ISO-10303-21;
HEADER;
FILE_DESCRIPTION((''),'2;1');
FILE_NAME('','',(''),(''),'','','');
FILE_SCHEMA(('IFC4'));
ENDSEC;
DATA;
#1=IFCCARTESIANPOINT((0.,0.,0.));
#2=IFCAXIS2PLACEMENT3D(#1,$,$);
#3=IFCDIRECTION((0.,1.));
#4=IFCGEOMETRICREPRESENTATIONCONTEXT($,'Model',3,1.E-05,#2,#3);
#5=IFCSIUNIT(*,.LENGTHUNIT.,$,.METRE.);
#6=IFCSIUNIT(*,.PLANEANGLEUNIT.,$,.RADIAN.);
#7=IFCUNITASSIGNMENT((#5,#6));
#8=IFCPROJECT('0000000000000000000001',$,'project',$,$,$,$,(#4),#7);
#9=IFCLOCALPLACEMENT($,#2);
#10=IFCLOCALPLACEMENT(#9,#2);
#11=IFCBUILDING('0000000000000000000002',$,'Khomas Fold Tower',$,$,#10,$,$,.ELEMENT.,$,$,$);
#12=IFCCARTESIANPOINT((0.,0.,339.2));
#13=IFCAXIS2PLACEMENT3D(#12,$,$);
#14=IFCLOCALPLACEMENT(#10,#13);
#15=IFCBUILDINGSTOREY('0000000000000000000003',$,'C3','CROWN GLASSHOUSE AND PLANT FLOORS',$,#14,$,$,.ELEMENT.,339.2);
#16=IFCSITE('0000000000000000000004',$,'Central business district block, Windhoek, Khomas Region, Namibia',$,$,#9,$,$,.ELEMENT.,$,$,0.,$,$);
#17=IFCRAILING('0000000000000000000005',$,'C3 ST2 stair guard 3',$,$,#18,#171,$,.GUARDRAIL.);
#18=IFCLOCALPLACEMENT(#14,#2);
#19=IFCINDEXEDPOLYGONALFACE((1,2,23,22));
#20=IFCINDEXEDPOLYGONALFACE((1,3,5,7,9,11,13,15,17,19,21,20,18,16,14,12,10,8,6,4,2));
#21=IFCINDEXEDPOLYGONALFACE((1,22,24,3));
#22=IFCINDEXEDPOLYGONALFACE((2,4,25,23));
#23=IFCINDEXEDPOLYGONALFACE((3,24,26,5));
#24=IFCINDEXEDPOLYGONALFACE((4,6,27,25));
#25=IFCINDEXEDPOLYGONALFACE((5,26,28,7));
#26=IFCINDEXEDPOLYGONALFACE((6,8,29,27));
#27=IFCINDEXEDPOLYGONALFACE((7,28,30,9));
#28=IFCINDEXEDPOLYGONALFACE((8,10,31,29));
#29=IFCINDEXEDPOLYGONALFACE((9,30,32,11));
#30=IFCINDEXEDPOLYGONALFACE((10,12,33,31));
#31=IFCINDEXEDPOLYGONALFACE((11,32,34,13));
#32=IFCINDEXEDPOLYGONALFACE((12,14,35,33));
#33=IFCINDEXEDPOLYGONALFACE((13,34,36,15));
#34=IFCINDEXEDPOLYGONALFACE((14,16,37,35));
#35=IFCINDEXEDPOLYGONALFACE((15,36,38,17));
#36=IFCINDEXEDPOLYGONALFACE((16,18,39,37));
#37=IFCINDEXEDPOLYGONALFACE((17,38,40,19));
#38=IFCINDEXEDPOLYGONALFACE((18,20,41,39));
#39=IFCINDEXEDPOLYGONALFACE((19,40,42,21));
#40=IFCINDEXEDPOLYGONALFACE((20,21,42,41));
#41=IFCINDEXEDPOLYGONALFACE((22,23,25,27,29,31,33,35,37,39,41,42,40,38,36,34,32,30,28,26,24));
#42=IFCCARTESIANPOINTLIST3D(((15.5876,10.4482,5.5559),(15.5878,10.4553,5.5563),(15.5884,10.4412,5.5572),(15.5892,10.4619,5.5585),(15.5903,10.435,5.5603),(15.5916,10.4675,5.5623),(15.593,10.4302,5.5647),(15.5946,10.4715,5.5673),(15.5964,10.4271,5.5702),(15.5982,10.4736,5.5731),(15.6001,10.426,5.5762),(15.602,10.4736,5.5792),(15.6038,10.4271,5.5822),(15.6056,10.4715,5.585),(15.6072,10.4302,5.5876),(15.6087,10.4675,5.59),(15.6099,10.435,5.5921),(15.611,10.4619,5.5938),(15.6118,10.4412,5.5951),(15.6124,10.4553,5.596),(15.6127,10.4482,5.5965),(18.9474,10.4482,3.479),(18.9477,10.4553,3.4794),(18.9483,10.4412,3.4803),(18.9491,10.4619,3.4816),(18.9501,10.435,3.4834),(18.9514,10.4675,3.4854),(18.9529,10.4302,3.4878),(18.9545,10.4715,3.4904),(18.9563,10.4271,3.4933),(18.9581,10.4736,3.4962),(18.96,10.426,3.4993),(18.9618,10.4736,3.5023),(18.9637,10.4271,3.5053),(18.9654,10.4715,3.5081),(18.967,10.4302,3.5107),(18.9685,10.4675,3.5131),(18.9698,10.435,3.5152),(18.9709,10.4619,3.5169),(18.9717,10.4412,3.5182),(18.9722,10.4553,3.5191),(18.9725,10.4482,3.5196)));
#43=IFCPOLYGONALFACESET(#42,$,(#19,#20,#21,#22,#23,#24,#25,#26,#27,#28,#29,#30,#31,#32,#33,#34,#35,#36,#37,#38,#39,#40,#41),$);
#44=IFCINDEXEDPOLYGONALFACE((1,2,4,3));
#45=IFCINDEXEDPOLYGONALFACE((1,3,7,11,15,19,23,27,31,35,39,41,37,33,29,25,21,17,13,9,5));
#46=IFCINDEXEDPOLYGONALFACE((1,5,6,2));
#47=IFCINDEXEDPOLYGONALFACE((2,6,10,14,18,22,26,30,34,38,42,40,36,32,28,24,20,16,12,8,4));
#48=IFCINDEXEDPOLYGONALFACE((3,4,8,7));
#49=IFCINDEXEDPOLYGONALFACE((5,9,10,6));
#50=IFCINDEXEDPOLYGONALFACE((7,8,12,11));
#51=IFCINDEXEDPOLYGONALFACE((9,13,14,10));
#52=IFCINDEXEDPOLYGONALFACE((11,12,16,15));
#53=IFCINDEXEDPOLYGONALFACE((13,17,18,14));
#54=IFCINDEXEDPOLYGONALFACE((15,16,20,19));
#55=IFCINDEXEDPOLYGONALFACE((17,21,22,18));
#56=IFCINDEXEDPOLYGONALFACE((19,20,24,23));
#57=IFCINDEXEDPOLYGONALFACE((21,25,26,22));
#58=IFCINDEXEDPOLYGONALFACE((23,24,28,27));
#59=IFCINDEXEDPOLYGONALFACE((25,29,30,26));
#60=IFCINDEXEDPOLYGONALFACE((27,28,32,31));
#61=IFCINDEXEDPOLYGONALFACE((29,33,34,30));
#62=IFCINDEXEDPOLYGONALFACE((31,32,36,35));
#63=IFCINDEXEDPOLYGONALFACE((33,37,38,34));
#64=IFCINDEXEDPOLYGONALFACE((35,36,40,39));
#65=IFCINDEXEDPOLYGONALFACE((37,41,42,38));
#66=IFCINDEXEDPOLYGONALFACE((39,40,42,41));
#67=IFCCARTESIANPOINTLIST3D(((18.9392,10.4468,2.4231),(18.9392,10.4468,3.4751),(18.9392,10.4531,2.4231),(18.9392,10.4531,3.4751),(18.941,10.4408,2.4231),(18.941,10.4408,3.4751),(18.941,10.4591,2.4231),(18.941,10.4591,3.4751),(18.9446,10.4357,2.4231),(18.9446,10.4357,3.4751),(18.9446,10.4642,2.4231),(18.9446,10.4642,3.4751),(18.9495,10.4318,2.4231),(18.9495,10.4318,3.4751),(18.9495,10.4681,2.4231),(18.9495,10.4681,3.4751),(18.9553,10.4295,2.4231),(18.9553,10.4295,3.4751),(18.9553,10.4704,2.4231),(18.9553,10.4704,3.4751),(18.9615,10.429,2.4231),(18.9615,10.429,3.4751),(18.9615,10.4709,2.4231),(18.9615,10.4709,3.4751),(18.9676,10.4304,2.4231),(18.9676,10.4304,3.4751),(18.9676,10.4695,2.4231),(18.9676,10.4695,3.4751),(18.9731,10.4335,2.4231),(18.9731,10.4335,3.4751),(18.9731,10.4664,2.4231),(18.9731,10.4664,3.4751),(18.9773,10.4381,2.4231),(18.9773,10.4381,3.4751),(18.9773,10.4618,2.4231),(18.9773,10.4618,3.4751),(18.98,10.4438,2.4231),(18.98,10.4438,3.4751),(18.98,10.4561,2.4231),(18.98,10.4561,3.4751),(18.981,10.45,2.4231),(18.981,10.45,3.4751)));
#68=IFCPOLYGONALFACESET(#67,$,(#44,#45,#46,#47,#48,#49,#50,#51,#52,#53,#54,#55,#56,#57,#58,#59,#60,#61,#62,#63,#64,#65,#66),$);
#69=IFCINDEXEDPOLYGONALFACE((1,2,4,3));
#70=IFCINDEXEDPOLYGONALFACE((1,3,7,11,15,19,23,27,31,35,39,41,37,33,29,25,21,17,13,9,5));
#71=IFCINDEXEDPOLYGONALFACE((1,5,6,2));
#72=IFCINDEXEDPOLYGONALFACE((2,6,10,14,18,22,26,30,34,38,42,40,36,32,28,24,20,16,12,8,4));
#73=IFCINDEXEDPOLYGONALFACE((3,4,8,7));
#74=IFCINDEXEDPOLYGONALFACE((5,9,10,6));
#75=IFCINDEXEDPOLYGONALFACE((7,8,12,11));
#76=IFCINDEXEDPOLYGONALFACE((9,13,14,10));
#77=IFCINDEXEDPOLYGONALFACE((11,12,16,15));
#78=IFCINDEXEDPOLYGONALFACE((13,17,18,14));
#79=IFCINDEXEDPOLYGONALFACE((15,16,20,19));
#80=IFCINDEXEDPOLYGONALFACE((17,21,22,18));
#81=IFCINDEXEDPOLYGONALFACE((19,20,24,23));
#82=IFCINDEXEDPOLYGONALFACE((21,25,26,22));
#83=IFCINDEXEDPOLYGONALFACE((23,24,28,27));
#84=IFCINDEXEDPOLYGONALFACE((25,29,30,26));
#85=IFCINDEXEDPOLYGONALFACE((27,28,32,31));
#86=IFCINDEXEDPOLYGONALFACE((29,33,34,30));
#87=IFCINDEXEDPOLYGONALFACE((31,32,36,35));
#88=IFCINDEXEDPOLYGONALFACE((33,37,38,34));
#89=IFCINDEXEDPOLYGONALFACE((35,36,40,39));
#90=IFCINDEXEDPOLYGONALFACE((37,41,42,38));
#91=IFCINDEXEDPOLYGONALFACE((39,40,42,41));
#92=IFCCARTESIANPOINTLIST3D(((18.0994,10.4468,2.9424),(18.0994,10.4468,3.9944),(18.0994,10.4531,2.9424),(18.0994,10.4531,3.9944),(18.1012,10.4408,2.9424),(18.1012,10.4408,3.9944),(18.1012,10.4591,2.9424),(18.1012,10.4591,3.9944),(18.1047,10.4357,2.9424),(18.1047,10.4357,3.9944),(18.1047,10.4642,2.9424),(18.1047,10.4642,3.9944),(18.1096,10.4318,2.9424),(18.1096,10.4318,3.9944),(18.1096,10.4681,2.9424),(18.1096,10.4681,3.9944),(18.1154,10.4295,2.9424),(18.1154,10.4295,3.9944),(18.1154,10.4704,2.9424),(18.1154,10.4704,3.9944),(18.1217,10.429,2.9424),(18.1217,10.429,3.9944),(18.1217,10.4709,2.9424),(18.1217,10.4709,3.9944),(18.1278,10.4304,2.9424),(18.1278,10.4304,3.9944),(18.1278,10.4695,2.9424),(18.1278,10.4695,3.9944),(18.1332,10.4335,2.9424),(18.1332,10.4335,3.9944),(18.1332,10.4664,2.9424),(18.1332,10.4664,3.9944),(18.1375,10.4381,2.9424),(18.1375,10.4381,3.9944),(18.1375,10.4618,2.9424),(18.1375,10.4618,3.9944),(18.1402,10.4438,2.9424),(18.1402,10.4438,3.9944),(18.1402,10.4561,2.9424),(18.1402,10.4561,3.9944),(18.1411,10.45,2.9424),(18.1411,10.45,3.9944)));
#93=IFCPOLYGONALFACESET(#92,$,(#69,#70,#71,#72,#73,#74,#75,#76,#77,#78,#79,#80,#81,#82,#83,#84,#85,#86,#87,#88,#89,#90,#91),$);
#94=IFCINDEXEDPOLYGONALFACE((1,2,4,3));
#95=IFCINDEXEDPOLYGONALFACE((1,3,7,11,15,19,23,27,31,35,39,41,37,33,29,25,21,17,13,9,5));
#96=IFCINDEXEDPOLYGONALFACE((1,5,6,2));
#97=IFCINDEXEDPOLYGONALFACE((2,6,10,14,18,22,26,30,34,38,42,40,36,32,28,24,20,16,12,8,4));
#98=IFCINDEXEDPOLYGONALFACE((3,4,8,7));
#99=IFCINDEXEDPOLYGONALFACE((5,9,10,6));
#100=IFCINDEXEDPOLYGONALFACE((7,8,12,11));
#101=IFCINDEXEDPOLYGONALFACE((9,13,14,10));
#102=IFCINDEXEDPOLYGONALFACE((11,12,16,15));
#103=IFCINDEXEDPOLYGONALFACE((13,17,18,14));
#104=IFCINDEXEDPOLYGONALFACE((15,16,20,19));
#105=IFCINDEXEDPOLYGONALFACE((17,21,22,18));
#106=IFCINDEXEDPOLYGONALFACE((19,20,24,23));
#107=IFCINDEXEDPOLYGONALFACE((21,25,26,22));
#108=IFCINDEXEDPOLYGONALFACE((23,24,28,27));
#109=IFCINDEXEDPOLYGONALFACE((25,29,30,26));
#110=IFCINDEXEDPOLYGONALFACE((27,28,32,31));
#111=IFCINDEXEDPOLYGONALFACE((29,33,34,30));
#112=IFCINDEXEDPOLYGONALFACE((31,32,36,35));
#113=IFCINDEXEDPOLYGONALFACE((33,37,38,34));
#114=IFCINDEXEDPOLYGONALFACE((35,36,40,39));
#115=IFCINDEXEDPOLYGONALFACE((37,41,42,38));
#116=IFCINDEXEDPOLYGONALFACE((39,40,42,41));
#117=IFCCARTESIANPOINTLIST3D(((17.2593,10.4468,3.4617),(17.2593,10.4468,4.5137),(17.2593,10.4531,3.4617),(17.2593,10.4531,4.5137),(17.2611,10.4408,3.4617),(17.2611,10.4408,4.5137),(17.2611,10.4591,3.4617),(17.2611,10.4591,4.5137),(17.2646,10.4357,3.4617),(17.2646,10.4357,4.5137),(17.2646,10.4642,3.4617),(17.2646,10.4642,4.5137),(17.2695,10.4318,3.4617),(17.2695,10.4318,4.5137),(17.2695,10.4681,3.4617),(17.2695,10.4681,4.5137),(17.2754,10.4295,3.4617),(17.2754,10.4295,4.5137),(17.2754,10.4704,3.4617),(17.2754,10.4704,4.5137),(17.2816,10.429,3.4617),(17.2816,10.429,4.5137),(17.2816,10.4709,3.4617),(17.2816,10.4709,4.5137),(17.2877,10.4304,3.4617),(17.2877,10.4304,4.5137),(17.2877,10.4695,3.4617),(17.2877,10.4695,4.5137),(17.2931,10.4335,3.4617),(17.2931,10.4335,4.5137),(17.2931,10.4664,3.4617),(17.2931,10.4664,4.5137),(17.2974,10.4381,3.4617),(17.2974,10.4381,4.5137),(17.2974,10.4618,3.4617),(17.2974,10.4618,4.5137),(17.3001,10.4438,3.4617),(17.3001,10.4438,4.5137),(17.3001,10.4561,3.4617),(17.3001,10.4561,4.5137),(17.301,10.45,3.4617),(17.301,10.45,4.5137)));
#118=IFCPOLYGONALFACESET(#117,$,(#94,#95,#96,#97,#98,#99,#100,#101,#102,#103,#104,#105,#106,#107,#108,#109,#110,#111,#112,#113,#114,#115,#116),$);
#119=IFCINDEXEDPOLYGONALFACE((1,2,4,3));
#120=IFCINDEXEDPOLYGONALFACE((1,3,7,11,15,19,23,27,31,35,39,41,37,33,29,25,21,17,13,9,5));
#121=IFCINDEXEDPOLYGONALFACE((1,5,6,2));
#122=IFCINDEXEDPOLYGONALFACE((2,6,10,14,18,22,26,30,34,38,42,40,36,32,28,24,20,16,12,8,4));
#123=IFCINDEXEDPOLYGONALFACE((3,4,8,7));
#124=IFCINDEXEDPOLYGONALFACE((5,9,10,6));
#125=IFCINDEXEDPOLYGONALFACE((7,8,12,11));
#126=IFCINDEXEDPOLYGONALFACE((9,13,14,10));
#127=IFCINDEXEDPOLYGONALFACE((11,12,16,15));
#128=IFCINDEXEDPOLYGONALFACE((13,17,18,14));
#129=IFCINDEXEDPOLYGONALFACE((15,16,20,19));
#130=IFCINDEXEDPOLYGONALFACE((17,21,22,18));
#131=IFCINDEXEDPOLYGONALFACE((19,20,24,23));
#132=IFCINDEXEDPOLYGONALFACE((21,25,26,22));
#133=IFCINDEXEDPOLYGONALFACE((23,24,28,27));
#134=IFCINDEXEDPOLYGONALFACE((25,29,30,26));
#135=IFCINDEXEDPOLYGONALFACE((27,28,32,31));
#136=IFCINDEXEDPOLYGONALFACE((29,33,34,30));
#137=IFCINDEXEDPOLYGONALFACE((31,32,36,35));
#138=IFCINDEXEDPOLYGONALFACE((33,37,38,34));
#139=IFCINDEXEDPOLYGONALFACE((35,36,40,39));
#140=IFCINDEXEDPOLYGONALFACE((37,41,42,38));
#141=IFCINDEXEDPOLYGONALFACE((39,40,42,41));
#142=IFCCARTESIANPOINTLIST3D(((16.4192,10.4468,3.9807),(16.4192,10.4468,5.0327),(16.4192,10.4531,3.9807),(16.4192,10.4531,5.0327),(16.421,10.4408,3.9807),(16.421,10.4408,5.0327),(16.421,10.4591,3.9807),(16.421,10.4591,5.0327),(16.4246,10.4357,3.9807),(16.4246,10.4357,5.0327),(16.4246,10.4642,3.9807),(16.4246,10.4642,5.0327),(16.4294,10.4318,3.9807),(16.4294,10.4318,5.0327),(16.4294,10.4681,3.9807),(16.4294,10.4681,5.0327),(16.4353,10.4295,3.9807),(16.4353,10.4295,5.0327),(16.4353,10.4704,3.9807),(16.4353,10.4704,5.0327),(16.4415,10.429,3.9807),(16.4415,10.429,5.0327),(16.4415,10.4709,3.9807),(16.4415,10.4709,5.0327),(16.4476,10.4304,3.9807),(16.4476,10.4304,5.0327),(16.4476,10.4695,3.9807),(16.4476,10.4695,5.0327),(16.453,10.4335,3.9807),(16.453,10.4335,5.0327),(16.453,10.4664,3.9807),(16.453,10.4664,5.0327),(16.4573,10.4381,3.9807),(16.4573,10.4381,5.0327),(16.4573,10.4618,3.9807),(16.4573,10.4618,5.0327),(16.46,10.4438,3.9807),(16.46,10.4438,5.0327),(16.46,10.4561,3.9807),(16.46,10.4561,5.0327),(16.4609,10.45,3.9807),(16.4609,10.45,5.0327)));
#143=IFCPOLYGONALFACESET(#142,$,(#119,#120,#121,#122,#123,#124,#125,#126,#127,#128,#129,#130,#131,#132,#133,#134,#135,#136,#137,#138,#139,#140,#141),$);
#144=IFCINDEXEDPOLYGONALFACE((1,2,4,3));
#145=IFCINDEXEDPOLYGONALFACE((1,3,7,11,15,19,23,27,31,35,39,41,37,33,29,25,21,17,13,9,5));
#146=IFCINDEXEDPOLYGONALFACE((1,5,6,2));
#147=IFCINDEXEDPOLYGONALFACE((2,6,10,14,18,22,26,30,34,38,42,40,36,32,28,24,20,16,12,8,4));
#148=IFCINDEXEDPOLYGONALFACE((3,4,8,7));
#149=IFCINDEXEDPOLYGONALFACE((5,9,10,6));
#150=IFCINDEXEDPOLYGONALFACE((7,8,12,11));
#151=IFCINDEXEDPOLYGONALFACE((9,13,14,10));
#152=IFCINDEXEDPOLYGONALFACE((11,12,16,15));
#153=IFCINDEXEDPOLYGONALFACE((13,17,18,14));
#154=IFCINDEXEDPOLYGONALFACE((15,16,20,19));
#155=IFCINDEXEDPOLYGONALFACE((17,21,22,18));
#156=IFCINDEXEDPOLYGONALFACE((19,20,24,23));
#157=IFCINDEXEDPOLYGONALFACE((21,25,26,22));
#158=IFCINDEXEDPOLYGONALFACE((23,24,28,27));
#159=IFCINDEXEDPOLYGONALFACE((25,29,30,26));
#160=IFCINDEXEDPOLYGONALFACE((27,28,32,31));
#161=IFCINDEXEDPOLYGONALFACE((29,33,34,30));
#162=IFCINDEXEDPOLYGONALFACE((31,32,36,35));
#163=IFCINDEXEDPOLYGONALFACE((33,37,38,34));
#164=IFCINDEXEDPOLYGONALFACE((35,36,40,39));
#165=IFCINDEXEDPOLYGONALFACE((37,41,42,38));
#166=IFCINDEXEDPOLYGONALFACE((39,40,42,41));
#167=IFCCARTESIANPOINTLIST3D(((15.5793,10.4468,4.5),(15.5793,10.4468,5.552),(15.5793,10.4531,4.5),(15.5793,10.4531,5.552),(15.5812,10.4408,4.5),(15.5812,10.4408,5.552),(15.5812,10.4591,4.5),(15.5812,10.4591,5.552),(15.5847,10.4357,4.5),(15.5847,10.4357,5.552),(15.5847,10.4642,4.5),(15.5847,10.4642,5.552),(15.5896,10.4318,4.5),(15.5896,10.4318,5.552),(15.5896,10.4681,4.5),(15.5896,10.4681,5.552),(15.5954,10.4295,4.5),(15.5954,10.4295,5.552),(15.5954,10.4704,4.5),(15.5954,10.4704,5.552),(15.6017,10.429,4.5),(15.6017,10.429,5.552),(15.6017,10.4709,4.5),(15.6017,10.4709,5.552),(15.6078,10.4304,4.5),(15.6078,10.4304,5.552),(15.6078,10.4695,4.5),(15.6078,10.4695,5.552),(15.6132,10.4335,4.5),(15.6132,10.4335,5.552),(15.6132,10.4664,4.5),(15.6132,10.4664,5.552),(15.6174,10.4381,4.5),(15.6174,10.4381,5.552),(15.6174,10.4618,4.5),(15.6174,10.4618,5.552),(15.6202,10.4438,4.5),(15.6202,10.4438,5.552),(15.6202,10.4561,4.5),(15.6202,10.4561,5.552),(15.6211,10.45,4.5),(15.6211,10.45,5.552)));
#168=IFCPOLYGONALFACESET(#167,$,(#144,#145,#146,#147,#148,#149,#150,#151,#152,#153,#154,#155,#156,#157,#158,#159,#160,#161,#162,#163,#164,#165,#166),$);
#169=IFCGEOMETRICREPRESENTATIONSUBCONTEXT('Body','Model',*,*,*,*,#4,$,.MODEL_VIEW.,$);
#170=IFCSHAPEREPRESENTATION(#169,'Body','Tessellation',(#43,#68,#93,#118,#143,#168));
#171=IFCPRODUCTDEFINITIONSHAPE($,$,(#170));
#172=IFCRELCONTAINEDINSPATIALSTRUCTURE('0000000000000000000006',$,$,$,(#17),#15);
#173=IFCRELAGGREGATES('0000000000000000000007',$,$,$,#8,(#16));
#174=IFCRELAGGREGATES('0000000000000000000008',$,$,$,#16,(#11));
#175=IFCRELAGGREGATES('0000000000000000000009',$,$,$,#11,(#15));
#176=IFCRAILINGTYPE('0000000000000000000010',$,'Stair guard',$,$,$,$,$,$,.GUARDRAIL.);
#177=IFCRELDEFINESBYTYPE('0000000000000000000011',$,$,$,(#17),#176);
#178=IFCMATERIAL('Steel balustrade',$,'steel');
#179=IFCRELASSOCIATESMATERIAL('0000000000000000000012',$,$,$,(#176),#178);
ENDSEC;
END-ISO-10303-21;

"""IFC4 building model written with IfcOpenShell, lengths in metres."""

from ifc_helpers import new_model, si_unit, direction, frame, origin, origin_2d, place, context, subcontext, project, spatial, circle, extrude, source, transform, mapped, material, type_object, element, save


model = new_model("IFC4")

# Units and contexts
model_context = context("Model", 3, precision=1e-05, world=origin(), true_north=direction((0.0, 1.0)))
body_context = subcontext(model_context, "Body", "Model", "MODEL_VIEW")
ifc_project = project(units=[si_unit("LENGTHUNIT", "METRE"), si_unit("PLANEANGLEUNIT", "RADIAN")], contexts=[model_context])

# Site, building, storey
site_placement = place(None, origin())
site = spatial("IfcSite", under=ifc_project, at=site_placement, Name="Central business district block, Windhoek, Khomas Region, Namibia", CompositionType="ELEMENT", RefElevation=0.0)
building_placement = place(site_placement, origin())
building = spatial("IfcBuilding", under=site, at=building_placement, Name="Khomas Fold Tower", CompositionType="ELEMENT")
storey_placement = place(building_placement, frame((0.0, 0.0, 339.2)))
storey = spatial("IfcBuildingStorey", under=building, at=storey_placement, Name="C3", Description="CROWN GLASSHOUSE AND PLANT FLOORS", CompositionType="ELEMENT", Elevation=339.2)

# Railing
ifc_material_1 = material(Name="Steel balustrade", Category="steel")
railing_type_1 = type_object("IfcRailingType", Name="Stair guard", PredefinedType="GUARDRAIL", material=ifc_material_1)
shared_shape_1 = source(origin(), body_context, "Body", "SweptSolid", [
    extrude(circle(Radius=0.0239, at=origin_2d()), frame((0.0, 0.0, 1.0762), z_axis=(-0.850606, 0.0, 0.525803), x_axis=(0.0, -1.0, 0.0)), (0.0, 0.0, 1.0), 3.95),
    extrude(circle(Radius=0.021, at=origin_2d()), origin(), (0.0, 0.0, 1.0), 1.052),
    extrude(circle(Radius=0.021, at=origin_2d()), frame((-0.8398, 0.0, 0.5193)), (0.0, 0.0, 1.0), 1.052),
    extrude(circle(Radius=0.021, at=origin_2d()), frame((-1.6799, 0.0, 1.0386)), (0.0, 0.0, 1.0), 1.052),
    extrude(circle(Radius=0.021, at=origin_2d()), frame((-2.52, 0.0, 1.5576)), (0.0, 0.0, 1.0), 1.052),
    extrude(circle(Radius=0.021, at=origin_2d()), frame((-3.3599, 0.0, 2.0769)), (0.0, 0.0, 1.0), 1.052),
])
railing_1_placement = place(storey_placement, frame((18.96, 10.45, 2.4231)))
element("IfcRailing", 1, at=railing_1_placement, inside=storey, type_object=railing_type_1, Name="C3 ST2 stair guard 3", PredefinedType="GUARDRAIL", context=body_context, shape_type="MappedRepresentation", body=[
    mapped(shared_shape_1, transform((0.0, 0.0, 0.0))),
])

save(model, "model.ifc")
